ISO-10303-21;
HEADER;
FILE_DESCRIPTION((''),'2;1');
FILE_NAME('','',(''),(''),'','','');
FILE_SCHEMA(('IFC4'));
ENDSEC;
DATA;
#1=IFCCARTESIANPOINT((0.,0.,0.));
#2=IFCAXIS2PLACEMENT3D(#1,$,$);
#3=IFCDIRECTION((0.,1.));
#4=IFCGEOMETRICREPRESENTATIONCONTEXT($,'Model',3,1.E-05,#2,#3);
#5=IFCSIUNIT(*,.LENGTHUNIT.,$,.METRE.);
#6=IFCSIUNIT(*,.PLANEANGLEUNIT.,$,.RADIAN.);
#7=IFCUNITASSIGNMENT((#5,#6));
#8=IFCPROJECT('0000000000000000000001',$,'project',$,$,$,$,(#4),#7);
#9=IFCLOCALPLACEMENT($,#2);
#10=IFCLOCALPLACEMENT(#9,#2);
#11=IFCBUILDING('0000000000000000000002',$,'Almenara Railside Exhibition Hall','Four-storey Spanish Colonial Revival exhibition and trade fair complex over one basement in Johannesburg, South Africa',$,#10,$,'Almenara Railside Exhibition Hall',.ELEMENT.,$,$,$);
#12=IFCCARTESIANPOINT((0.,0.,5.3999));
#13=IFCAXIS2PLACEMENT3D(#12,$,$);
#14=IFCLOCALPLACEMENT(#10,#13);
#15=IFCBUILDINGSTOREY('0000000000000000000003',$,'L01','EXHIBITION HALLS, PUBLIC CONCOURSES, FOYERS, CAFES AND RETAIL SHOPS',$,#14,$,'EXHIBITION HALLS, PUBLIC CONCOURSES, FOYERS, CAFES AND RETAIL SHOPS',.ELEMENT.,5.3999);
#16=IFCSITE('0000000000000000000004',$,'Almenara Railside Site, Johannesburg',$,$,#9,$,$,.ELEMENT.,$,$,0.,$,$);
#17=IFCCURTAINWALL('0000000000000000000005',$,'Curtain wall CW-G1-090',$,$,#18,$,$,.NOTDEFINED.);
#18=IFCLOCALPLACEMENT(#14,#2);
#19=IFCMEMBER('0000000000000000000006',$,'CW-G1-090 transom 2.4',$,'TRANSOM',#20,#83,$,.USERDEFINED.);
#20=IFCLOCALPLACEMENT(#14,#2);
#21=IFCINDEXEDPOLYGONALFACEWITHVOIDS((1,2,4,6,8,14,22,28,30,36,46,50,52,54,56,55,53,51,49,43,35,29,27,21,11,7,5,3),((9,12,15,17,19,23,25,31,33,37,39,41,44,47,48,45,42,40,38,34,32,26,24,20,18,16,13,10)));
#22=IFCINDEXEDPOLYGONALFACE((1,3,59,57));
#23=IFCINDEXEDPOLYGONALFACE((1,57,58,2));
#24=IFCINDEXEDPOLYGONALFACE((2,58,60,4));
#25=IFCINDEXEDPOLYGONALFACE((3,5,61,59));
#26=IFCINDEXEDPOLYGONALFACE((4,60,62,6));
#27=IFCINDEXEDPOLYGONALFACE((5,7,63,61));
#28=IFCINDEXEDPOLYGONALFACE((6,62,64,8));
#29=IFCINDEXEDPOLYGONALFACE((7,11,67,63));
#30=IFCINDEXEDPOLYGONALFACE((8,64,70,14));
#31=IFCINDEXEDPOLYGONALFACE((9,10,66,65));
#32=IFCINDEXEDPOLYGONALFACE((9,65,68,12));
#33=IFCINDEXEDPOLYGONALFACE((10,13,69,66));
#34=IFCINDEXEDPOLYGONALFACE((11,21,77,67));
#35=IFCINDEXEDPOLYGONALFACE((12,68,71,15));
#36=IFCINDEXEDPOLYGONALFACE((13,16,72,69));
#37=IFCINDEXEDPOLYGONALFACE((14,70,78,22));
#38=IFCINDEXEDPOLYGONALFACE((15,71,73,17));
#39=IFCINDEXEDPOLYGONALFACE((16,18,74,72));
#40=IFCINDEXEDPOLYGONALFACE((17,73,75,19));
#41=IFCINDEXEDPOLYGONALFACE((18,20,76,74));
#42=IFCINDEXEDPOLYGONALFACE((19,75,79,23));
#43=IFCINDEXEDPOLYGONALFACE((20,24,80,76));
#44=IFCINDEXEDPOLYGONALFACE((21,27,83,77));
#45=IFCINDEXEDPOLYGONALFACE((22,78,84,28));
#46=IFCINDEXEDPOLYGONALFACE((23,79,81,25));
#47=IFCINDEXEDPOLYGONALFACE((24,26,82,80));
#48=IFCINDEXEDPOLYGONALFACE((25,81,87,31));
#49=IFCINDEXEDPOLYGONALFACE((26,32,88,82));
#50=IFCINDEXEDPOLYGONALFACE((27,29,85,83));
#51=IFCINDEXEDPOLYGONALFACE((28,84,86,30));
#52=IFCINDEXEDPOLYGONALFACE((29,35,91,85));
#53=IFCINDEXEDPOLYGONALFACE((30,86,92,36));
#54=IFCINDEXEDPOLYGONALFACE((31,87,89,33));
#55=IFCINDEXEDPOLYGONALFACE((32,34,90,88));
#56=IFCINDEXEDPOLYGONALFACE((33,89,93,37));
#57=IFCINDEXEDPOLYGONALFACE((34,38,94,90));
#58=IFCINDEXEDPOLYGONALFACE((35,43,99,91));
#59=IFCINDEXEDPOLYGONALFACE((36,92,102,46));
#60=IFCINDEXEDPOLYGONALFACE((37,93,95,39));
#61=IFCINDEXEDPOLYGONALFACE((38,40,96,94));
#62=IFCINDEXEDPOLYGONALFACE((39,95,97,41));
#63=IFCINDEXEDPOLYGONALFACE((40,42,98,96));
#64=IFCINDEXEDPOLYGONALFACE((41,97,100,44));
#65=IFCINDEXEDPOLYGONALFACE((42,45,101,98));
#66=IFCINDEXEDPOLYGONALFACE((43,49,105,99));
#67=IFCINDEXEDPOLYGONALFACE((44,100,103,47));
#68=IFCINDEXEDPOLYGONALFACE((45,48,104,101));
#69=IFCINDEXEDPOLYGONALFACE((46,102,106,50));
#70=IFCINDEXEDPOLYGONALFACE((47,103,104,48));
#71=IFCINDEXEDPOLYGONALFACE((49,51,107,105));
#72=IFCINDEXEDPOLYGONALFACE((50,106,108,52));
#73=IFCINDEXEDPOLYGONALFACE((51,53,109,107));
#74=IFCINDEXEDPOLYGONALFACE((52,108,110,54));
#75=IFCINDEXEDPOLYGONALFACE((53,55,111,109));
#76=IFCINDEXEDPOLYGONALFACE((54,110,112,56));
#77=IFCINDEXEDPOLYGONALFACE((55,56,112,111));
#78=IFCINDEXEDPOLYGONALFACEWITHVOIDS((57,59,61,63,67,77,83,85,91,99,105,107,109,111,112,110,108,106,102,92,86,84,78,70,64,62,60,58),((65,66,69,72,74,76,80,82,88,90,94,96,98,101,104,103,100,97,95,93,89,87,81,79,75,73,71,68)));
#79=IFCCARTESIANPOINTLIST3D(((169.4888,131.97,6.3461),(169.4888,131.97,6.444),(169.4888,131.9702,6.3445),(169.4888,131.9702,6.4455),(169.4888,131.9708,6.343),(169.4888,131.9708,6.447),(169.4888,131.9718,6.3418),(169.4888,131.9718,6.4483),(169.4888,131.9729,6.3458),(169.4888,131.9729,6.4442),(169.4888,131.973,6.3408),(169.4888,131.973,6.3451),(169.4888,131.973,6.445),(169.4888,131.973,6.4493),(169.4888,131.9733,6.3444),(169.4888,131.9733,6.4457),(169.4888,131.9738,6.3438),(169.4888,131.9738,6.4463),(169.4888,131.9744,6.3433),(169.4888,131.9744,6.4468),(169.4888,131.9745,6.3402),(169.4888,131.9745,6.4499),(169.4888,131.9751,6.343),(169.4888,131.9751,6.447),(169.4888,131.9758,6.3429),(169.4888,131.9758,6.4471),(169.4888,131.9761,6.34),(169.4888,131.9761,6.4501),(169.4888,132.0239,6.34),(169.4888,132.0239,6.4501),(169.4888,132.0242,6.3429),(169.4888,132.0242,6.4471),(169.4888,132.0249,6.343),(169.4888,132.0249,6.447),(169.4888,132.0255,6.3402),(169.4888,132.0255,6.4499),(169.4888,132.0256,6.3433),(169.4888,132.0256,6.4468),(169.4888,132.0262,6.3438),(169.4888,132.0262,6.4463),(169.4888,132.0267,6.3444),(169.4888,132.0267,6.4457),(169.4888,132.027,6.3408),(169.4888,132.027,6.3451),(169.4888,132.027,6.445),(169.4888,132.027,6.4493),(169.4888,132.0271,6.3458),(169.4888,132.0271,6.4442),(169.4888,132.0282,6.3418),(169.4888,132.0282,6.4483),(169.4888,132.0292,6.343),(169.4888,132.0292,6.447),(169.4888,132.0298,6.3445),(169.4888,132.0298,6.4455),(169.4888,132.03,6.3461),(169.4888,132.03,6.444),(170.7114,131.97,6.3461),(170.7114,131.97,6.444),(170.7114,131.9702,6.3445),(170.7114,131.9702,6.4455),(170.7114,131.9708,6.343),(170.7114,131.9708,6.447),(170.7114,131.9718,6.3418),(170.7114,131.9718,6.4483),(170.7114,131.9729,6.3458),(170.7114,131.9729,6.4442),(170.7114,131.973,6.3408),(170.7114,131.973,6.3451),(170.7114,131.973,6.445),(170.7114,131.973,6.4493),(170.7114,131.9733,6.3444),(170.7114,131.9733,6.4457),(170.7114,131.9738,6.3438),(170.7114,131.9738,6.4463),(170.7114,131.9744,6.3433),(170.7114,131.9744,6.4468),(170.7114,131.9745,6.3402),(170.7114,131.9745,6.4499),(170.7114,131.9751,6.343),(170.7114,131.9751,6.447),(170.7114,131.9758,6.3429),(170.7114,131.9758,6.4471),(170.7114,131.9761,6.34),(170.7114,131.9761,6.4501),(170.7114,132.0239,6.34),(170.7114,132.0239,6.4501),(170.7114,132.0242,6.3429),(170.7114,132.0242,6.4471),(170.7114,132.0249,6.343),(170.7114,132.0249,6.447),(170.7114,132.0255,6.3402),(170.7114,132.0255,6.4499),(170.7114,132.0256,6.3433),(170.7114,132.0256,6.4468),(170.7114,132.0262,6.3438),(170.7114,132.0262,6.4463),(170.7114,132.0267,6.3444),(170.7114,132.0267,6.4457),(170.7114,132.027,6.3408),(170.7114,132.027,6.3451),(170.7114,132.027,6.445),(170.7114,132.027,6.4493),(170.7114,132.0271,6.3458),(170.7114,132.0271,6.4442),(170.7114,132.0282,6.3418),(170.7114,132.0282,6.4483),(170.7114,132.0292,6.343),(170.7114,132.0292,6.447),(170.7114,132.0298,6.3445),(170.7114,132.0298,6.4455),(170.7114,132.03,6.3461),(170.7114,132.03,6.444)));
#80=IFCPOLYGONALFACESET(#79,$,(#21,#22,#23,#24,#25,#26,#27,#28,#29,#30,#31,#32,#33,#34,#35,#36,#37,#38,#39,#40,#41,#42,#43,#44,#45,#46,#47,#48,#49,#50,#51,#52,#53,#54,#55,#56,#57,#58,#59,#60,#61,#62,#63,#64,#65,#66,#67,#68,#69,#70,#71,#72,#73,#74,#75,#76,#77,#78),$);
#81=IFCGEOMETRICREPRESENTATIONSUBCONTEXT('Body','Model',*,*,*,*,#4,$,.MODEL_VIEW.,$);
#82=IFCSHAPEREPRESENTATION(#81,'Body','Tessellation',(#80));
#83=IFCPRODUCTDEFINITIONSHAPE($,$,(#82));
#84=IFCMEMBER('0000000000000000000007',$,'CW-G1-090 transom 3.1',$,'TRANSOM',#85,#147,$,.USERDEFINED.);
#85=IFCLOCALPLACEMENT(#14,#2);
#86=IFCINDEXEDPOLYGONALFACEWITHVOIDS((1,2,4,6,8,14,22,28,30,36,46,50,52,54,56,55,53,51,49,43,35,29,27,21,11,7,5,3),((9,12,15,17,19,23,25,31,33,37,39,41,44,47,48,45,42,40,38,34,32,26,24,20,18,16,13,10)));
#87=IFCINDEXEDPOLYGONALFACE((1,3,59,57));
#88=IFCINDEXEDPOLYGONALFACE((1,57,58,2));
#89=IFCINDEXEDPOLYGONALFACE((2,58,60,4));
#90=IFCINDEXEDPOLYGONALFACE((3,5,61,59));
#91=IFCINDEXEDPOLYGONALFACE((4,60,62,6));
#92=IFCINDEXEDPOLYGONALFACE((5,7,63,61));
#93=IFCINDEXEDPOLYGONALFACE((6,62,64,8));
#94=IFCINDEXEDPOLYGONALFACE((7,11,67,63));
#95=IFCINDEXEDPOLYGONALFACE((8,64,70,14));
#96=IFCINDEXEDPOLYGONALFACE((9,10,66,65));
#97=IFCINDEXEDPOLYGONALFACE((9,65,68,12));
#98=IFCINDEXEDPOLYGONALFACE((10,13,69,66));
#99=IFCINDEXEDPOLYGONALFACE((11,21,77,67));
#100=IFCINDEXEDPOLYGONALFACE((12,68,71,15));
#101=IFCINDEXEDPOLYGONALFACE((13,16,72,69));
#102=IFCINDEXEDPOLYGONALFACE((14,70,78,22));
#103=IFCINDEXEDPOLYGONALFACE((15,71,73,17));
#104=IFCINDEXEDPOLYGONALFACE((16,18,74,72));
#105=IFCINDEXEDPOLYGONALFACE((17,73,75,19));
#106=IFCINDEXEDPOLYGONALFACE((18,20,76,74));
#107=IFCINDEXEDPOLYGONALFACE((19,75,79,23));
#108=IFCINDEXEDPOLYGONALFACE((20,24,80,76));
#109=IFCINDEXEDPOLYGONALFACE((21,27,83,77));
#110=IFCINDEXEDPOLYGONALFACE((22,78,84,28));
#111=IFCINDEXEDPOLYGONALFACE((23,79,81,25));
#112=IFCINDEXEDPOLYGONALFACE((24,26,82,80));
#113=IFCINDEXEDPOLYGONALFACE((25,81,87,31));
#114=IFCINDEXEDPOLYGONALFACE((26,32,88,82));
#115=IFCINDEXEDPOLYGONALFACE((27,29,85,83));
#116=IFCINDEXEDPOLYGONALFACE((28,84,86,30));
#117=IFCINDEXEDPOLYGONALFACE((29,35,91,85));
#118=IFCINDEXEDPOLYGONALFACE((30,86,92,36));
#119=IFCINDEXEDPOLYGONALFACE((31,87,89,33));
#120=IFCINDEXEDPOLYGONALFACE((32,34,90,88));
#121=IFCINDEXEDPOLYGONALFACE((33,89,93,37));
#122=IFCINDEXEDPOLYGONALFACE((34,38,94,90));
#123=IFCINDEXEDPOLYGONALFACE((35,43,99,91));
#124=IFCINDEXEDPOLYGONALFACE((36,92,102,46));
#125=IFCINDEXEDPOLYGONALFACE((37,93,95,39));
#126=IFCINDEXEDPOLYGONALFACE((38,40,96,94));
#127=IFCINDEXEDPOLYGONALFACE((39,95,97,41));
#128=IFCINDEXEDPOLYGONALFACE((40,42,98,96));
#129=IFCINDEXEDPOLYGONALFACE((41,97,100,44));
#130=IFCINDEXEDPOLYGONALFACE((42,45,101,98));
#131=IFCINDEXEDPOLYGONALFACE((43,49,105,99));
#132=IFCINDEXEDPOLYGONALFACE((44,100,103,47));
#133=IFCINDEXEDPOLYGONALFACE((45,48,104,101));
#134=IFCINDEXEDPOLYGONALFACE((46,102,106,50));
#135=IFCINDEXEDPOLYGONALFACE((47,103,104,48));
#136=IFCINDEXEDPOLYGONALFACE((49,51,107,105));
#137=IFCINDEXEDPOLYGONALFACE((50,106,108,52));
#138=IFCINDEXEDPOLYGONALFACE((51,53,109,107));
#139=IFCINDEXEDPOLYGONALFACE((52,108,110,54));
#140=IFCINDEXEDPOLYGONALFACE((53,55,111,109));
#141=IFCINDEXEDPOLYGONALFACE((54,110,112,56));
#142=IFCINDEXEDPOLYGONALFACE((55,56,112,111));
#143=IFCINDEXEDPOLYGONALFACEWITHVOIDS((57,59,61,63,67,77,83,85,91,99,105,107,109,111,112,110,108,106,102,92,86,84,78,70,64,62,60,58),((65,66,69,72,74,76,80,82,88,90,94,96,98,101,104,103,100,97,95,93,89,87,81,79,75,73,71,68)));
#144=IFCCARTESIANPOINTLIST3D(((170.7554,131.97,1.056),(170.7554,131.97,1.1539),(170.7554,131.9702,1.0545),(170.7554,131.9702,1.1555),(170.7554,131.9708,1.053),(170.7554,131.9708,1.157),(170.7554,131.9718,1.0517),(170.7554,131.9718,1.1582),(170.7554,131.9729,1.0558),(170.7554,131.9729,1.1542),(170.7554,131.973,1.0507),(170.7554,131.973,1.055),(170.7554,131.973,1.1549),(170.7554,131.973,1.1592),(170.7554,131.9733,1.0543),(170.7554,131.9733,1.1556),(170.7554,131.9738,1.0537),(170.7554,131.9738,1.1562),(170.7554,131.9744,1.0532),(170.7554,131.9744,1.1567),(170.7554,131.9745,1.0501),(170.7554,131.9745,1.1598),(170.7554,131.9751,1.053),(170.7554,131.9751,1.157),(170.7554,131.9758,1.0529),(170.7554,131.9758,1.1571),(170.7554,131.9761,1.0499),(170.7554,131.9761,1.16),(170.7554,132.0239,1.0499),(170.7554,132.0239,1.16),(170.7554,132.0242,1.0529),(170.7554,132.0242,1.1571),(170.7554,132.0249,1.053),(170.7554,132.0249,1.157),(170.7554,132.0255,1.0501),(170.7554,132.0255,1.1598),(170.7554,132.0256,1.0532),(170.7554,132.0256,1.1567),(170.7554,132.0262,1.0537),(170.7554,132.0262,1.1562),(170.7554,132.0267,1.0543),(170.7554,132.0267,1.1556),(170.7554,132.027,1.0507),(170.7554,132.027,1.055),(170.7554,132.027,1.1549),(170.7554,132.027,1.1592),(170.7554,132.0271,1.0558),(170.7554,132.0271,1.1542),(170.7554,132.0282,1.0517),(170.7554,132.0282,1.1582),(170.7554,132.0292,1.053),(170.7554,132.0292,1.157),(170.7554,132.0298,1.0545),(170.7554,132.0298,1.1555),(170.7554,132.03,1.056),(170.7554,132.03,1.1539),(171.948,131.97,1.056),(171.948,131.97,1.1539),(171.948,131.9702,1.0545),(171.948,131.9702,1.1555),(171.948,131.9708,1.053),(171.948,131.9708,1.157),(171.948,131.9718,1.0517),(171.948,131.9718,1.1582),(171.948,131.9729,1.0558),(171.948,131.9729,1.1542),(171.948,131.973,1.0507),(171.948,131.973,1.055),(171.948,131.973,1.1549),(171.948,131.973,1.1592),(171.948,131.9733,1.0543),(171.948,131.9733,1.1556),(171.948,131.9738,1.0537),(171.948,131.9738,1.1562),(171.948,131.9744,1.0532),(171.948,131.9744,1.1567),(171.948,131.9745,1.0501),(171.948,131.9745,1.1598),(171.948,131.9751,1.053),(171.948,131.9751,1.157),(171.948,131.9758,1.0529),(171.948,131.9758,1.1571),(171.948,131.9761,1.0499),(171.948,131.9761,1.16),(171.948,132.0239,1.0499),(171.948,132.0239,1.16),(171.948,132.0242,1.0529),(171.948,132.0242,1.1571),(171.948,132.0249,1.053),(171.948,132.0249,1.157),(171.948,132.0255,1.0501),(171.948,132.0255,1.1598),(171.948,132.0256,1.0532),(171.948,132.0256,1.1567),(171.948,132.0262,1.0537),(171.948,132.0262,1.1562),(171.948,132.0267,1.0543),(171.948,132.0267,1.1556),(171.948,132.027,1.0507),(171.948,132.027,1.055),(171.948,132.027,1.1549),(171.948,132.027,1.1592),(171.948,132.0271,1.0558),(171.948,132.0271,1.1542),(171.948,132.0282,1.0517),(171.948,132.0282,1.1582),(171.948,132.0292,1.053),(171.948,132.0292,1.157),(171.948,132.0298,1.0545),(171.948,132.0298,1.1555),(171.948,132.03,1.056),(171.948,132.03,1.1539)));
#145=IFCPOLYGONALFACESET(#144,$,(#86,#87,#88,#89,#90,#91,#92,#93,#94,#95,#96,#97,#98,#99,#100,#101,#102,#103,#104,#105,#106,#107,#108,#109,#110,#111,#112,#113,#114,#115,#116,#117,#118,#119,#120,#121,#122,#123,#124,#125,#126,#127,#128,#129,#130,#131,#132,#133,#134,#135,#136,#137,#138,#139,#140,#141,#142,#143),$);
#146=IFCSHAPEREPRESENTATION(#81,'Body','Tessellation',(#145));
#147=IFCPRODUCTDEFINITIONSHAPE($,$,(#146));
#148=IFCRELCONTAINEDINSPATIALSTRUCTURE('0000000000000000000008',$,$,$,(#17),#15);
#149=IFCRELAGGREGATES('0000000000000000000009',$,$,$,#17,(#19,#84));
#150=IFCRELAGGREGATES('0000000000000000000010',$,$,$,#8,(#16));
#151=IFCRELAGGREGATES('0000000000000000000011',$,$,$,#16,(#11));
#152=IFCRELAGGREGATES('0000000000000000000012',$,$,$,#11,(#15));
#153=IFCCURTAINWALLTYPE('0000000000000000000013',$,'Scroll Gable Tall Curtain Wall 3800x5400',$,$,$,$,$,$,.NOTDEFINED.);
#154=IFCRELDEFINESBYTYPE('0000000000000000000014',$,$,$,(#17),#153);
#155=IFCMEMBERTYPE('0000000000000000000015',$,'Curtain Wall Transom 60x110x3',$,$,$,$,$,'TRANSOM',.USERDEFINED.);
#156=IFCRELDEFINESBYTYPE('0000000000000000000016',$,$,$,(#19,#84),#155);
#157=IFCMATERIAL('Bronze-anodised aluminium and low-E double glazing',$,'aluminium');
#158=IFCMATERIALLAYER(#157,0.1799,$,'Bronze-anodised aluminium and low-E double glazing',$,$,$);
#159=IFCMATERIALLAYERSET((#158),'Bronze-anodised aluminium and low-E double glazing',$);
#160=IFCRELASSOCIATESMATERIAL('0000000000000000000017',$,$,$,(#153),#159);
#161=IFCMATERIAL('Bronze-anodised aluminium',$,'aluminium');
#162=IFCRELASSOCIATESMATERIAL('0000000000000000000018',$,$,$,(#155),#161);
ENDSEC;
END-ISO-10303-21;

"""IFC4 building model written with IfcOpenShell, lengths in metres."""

from ifc_helpers import new_model, si_unit, direction, frame, origin, origin_2d, place, context, subcontext, project, spatial, hollow_rectangle, extrude, material, layer, layer_set, material_profile, profile_set, type_object, element, aggregate, save


model = new_model("IFC4")

# Units and contexts
model_context = context("Model", 3, precision=1e-05, world=origin(), true_north=direction((0.0, 1.0)))
body_context = subcontext(model_context, "Body", "Model", "MODEL_VIEW")
ifc_project = project(units=[si_unit("LENGTHUNIT", "METRE"), si_unit("PLANEANGLEUNIT", "RADIAN")], contexts=[model_context])

# Site, building, storey
site_placement = place(None, origin())
site = spatial("IfcSite", under=ifc_project, at=site_placement, Name="Almenara Railside Site, Johannesburg", CompositionType="ELEMENT", RefElevation=0.0)
building_placement = place(site_placement, origin())
building = spatial("IfcBuilding", under=site, at=building_placement, Name="Almenara Railside Exhibition Hall", Description="Four-storey Spanish Colonial Revival exhibition and trade fair complex over one basement in Johannesburg, South Africa", LongName="Almenara Railside Exhibition Hall", CompositionType="ELEMENT")
storey_placement = place(building_placement, frame((0.0, 0.0, 5.3999)))
storey = spatial("IfcBuildingStorey", under=building, at=storey_placement, Name="L01", Description="EXHIBITION HALLS, PUBLIC CONCOURSES, FOYERS, CAFES AND RETAIL SHOPS", LongName="EXHIBITION HALLS, PUBLIC CONCOURSES, FOYERS, CAFES AND RETAIL SHOPS", CompositionType="ELEMENT", Elevation=5.3999)

# Shared definitions
ifc_material_1 = material(Name="Bronze-anodised aluminium and low-E double glazing", Category="aluminium")
ifc_material_2 = material(Name="Bronze-anodised aluminium", Category="aluminium")

# Curtain wall
ifc_layer_1 = layer(ifc_material_1, 0.1799, Name="Bronze-anodised aluminium and low-E double glazing")
ifc_layer_set_1 = layer_set([ifc_layer_1], Name="Bronze-anodised aluminium and low-E double glazing")
curtain_wall_type_1 = type_object("IfcCurtainWallType", Name="Scroll Gable Tall Curtain Wall 3800x5400", PredefinedType="NOTDEFINED", material=ifc_layer_set_1)
curtain_wall_1_placement = place(storey_placement, origin())
curtain_wall_1 = element("IfcCurtainWall", 1, at=curtain_wall_1_placement, inside=storey, type_object=curtain_wall_type_1, Name="Curtain wall CW-G1-090", PredefinedType="NOTDEFINED")

# Members
ifc_material_profile_1 = material_profile(ifc_material_2, hollow_rectangle(XDim=0.0601, YDim=0.1101, WallThickness=0.0029, InnerFilletRadius=0.0029, OuterFilletRadius=0.0061, at=origin_2d()), Name="ALU-TRN 60x110x3")
ifc_profile_set_1 = profile_set([ifc_material_profile_1], Name="Bronze-anodised aluminium")
member_type_1 = type_object("IfcMemberType", Name="Curtain Wall Transom 60x110x3", ElementType="TRANSOM", PredefinedType="USERDEFINED", material=ifc_profile_set_1)
member_1_placement = place(storey_placement, frame((169.4888, 132.0, 6.395), z_axis=(1.0, 0.0, 0.0), x_axis=(0.0, 1.0, 0.0)))
member_1 = element("IfcMember", 2, at=member_1_placement, type_object=member_type_1, Name="CW-G1-090 transom 2.4", ObjectType="TRANSOM", PredefinedType="USERDEFINED", context=body_context, shape_type="SweptSolid", body=[
    extrude(hollow_rectangle(XDim=0.0601, YDim=0.1101, WallThickness=0.0029, InnerFilletRadius=0.0029, OuterFilletRadius=0.0061, at=origin_2d()), origin(), (0.0, 0.0, 1.0), 1.2227),
])
member_2_placement = place(storey_placement, frame((170.7554, 132.0, 1.105), z_axis=(1.0, 0.0, 0.0), x_axis=(0.0, 1.0, 0.0)))
member_2 = element("IfcMember", 3, at=member_2_placement, type_object=member_type_1, Name="CW-G1-090 transom 3.1", ObjectType="TRANSOM", PredefinedType="USERDEFINED", context=body_context, shape_type="SweptSolid", body=[
    extrude(hollow_rectangle(XDim=0.0601, YDim=0.1101, WallThickness=0.0029, InnerFilletRadius=0.0029, OuterFilletRadius=0.0061, at=origin_2d()), origin(), (0.0, 0.0, 1.0), 1.1926),
])

aggregate(curtain_wall_1, [member_1, member_2])

save(model, "model.ifc")
